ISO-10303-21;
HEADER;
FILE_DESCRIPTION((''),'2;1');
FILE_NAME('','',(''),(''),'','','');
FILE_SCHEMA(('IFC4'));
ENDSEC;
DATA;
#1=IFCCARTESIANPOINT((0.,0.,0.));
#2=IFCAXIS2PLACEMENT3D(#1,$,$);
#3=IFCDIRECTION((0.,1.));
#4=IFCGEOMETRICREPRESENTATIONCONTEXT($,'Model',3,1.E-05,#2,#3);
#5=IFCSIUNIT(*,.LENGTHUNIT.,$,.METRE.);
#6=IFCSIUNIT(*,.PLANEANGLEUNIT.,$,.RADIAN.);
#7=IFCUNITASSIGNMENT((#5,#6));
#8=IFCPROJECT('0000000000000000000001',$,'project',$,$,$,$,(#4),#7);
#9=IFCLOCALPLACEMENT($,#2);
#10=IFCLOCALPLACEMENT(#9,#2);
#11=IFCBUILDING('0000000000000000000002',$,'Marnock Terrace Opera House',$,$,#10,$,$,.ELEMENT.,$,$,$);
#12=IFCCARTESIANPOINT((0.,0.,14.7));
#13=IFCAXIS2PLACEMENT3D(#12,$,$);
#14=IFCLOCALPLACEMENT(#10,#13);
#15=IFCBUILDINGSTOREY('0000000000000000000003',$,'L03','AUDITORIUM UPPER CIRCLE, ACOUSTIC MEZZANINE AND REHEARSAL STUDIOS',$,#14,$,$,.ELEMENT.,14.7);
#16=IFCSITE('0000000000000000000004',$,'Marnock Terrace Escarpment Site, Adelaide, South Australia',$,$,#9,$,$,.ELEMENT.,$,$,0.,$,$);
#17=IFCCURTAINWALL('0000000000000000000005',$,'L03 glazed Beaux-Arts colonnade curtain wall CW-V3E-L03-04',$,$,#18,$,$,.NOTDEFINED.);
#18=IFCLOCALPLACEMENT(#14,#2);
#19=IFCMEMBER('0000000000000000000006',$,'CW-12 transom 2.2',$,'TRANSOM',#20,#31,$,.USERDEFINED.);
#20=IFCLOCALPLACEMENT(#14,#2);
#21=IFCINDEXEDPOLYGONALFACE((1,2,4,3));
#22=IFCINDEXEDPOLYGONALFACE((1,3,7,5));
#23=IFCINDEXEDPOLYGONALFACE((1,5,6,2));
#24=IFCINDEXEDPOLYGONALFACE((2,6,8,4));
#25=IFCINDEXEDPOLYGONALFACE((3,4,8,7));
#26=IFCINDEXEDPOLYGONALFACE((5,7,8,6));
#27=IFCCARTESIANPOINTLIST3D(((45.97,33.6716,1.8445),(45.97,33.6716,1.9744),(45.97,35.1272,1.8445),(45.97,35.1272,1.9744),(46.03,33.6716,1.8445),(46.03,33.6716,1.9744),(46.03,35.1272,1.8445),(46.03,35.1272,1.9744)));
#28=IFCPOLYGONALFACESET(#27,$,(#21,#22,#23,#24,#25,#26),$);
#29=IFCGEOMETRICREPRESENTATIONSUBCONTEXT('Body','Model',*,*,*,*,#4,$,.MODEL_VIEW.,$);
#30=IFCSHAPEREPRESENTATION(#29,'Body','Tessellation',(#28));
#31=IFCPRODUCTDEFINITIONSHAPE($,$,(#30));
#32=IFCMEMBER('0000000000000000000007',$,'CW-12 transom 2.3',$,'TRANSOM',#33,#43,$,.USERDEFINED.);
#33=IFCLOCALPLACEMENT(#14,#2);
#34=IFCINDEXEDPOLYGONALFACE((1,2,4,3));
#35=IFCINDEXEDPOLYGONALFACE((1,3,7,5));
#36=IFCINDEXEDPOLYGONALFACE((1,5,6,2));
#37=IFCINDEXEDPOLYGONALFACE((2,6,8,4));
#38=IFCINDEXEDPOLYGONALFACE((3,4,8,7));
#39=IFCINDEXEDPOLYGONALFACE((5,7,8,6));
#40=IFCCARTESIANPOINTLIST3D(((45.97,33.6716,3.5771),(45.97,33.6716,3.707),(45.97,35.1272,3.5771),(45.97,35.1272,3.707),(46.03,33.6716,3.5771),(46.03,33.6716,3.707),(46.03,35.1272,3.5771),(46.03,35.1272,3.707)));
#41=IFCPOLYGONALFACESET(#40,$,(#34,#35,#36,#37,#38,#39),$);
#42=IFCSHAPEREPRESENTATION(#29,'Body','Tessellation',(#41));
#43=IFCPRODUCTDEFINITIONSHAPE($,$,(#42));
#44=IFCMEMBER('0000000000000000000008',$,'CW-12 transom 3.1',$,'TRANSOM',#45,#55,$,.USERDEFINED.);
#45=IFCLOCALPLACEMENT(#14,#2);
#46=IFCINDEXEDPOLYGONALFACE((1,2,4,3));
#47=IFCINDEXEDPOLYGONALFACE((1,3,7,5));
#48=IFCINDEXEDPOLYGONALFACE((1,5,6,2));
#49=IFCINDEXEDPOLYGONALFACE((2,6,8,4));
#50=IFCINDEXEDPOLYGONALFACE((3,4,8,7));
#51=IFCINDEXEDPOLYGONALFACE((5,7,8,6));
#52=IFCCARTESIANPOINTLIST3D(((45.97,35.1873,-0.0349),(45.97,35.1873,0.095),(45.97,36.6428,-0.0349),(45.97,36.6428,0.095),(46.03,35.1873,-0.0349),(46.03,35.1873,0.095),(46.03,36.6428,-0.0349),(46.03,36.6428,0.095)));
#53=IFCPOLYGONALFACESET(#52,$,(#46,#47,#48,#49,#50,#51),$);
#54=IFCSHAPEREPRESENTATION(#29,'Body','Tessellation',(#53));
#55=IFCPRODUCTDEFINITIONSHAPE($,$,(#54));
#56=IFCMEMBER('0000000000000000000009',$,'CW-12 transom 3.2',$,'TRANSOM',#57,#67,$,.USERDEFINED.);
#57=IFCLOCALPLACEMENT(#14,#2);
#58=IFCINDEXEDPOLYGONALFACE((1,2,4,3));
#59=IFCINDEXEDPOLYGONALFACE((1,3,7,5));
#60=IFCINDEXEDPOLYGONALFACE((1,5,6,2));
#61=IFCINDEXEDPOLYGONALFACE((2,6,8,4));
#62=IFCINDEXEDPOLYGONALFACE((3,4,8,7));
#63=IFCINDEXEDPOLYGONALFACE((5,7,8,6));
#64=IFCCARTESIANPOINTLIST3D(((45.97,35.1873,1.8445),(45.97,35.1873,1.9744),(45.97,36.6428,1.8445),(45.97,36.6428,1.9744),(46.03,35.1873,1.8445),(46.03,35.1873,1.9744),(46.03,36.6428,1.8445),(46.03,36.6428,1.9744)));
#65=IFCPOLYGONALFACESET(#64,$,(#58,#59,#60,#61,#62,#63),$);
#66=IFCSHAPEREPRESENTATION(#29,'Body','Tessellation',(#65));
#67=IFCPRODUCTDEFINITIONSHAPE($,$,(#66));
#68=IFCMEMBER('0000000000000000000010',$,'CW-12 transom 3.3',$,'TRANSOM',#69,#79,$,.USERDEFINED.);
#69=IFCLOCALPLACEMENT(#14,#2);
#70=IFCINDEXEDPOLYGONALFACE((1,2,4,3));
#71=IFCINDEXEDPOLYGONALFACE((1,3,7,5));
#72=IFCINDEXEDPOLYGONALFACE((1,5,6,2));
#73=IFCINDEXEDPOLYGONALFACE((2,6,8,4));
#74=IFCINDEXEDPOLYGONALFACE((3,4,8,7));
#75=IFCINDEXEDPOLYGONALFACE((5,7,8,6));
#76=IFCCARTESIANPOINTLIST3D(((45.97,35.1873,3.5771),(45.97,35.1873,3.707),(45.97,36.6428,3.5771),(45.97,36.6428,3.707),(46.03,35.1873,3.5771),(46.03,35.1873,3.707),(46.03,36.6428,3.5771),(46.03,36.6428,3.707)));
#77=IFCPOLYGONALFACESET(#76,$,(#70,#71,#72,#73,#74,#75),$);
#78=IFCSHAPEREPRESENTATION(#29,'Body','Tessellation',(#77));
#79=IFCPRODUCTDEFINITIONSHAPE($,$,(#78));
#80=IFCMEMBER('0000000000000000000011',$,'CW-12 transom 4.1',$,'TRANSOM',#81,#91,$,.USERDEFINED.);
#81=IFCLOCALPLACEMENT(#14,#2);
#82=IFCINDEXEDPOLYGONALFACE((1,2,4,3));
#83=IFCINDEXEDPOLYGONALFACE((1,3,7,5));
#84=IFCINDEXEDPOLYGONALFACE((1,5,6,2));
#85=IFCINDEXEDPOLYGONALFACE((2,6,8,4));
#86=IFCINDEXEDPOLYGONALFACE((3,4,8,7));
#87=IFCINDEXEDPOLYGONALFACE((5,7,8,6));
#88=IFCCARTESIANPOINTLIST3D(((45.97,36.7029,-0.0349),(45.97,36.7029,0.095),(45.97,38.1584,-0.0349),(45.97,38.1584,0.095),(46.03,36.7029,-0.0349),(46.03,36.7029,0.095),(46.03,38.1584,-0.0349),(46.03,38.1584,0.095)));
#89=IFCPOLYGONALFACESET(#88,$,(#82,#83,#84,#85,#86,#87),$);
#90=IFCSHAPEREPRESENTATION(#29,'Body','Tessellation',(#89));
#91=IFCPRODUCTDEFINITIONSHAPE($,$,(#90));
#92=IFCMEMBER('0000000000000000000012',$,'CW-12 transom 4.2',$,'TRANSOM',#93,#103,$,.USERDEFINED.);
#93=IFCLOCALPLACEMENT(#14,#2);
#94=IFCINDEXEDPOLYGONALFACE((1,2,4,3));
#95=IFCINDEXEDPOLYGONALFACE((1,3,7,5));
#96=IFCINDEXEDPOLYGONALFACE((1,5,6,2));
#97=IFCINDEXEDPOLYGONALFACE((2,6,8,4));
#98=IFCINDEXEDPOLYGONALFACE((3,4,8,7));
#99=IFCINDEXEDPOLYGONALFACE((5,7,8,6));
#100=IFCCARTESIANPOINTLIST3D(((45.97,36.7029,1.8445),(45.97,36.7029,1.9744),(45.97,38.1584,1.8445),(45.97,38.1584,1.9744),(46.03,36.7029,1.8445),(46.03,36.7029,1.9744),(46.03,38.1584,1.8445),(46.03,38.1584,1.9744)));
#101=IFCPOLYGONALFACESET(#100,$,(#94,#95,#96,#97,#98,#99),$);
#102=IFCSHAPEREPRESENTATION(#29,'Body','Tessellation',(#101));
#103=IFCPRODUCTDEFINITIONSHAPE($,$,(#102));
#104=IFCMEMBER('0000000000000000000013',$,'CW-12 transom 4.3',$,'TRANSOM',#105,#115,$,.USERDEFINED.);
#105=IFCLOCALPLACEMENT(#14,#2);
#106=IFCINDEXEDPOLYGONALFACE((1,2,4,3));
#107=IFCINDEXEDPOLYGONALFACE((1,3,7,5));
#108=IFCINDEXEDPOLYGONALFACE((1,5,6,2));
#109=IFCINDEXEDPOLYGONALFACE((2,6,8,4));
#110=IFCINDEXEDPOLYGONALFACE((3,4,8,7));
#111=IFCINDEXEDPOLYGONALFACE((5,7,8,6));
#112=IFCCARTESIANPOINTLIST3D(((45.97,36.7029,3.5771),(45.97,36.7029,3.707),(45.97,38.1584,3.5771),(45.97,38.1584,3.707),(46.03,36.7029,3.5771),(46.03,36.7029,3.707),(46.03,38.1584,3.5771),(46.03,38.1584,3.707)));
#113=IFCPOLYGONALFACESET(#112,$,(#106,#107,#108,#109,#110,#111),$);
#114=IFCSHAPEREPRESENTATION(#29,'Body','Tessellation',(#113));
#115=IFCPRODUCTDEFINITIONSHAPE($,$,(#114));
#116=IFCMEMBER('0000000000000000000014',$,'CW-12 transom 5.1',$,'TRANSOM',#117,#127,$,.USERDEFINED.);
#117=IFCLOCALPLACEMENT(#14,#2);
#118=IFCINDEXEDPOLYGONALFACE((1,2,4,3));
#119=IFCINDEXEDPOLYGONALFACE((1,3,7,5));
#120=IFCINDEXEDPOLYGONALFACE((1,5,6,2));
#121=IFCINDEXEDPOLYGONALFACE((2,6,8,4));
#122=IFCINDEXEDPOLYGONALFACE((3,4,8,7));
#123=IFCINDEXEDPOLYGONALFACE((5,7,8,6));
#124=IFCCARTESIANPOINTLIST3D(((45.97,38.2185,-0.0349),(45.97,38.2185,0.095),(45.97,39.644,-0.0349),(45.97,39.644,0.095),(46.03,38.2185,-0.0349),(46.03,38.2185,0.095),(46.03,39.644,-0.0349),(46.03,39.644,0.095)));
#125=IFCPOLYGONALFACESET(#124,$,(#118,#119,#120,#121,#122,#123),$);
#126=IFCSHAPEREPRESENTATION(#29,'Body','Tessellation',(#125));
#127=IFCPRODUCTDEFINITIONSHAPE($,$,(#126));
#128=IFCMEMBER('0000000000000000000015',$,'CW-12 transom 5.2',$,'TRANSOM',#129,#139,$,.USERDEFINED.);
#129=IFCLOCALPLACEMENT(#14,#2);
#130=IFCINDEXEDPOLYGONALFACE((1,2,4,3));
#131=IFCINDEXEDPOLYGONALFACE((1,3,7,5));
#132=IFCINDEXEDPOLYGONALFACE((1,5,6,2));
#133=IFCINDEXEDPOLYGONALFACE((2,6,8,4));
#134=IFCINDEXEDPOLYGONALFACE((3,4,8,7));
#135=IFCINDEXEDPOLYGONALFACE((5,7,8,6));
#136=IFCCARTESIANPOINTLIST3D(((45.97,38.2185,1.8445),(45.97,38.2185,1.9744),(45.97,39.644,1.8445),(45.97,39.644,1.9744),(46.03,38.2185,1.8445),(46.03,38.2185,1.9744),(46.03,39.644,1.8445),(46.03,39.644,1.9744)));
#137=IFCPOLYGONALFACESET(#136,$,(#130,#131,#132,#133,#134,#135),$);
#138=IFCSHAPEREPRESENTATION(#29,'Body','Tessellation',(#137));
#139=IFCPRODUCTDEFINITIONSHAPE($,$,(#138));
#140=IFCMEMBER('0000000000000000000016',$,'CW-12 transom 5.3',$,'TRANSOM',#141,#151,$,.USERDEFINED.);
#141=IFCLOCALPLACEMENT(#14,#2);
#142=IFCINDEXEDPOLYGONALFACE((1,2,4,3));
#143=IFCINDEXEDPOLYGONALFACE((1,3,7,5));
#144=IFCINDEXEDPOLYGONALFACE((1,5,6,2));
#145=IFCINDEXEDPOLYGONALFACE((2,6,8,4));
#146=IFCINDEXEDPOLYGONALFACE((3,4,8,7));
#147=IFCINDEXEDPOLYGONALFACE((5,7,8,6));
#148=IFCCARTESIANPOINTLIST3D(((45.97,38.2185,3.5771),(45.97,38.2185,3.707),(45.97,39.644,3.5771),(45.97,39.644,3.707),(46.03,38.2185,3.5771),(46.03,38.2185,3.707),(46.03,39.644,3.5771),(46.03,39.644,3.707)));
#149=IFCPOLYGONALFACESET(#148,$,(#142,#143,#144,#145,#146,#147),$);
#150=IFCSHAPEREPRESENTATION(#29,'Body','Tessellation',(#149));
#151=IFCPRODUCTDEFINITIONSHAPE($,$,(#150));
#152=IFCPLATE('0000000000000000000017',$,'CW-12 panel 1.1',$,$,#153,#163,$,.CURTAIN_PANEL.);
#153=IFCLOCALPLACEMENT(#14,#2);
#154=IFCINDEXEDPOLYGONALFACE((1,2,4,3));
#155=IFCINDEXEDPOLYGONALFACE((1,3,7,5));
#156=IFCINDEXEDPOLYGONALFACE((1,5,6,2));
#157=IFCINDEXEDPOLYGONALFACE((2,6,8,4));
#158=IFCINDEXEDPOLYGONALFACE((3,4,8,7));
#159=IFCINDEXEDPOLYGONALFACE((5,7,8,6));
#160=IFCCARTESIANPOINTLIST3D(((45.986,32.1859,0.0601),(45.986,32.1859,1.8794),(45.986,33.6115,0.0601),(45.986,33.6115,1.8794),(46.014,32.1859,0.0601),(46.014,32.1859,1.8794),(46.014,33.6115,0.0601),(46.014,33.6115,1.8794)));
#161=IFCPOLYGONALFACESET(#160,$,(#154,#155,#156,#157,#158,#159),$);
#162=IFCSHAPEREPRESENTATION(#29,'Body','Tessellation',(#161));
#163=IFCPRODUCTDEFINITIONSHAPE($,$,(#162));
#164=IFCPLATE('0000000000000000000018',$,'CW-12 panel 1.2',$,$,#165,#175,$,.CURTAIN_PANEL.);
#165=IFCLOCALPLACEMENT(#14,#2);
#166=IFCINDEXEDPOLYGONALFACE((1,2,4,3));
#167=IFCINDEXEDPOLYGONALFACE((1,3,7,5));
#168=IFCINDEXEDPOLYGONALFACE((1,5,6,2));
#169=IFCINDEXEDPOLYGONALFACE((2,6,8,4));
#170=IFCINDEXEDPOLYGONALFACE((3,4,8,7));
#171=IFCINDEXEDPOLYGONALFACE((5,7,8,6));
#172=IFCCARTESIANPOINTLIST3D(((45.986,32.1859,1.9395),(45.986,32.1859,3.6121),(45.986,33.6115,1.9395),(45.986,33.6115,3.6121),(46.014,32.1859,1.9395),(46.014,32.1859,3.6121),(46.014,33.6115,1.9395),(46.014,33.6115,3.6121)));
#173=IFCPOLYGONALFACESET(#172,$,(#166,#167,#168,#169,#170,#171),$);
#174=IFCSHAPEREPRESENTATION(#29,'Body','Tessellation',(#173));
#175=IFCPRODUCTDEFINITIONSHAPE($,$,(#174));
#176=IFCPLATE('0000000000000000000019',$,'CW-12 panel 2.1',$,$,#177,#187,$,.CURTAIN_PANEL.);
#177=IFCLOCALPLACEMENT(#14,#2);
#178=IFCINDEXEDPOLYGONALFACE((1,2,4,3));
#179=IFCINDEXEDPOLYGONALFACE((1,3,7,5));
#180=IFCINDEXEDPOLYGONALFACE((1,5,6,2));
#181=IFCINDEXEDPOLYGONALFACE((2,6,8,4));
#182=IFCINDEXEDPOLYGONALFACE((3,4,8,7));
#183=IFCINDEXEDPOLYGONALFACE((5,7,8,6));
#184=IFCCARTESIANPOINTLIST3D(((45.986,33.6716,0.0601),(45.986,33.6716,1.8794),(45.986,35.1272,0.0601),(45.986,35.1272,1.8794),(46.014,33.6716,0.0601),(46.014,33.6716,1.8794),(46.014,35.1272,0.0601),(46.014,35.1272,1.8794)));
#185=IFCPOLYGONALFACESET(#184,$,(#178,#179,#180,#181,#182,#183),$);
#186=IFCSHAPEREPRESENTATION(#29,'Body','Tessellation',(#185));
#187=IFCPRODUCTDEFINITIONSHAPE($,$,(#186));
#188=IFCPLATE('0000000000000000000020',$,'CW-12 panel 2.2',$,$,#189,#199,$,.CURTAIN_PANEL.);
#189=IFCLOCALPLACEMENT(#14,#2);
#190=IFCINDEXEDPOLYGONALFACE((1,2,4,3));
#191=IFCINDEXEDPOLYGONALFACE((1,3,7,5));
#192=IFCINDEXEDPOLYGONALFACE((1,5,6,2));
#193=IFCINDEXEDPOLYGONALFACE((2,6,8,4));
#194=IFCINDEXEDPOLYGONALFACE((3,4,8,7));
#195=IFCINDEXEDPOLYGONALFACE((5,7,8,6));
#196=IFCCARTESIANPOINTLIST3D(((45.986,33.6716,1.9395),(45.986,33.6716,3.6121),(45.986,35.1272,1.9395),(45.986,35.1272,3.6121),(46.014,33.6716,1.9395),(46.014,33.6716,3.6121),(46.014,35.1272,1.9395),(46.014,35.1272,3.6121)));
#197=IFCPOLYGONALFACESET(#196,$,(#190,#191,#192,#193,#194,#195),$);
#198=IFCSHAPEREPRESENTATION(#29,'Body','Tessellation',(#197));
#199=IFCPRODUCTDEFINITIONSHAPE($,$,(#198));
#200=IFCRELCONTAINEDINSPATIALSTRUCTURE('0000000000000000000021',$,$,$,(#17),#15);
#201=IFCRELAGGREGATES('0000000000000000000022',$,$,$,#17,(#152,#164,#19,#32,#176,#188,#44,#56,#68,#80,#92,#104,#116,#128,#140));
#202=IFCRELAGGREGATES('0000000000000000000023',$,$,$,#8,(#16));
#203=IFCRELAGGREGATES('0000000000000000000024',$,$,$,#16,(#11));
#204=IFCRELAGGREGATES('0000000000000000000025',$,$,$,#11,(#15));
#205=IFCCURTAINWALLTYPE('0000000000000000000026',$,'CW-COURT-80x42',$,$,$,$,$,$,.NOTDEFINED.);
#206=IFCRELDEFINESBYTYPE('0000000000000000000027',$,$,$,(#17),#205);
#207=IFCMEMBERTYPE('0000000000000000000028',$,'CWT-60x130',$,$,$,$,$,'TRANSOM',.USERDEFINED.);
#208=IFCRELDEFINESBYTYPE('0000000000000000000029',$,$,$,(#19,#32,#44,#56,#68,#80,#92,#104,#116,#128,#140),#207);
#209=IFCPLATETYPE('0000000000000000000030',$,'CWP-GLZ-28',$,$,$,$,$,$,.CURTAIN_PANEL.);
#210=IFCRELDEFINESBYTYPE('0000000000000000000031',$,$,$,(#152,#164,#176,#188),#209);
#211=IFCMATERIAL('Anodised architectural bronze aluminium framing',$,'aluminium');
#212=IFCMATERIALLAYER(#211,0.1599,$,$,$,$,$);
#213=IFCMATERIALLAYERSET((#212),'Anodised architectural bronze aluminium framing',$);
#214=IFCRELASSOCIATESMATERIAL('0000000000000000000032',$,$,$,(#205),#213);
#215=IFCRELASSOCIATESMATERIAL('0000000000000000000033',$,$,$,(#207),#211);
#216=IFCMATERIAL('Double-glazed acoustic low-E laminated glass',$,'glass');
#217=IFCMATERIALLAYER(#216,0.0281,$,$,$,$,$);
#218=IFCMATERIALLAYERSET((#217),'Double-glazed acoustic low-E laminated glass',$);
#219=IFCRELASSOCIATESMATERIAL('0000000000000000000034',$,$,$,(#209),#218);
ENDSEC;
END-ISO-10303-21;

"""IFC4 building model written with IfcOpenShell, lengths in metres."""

from ifc_helpers import new_model, si_unit, direction, frame, origin, origin_2d, place, context, subcontext, project, spatial, rectangle, extrude, material, layer, layer_set, material_profile, profile_set, type_object, element, aggregate, save


model = new_model("IFC4")

# Units and contexts
model_context = context("Model", 3, precision=1e-05, world=origin(), true_north=direction((0.0, 1.0)))
body_context = subcontext(model_context, "Body", "Model", "MODEL_VIEW")
ifc_project = project(units=[si_unit("LENGTHUNIT", "METRE"), si_unit("PLANEANGLEUNIT", "RADIAN")], contexts=[model_context])

# Site, building, storey
site_placement = place(None, origin())
site = spatial("IfcSite", under=ifc_project, at=site_placement, Name="Marnock Terrace Escarpment Site, Adelaide, South Australia", CompositionType="ELEMENT", RefElevation=0.0)
building_placement = place(site_placement, origin())
building = spatial("IfcBuilding", under=site, at=building_placement, Name="Marnock Terrace Opera House", CompositionType="ELEMENT")
storey_placement = place(building_placement, frame((0.0, 0.0, 14.7)))
storey = spatial("IfcBuildingStorey", under=building, at=storey_placement, Name="L03", Description="AUDITORIUM UPPER CIRCLE, ACOUSTIC MEZZANINE AND REHEARSAL STUDIOS", CompositionType="ELEMENT", Elevation=14.7)

# Shared definitions
ifc_material_1 = material(Name="Anodised architectural bronze aluminium framing", Category="aluminium")

# Curtain wall, members, plates
ifc_layer_1 = layer(ifc_material_1, 0.1599)
ifc_layer_set_1 = layer_set([ifc_layer_1], Name="Anodised architectural bronze aluminium framing")
curtain_wall_type_1 = type_object("IfcCurtainWallType", Name="CW-COURT-80x42", PredefinedType="NOTDEFINED", material=ifc_layer_set_1)
curtain_wall_1_placement = place(storey_placement, origin())
curtain_wall_1 = element("IfcCurtainWall", 1, at=curtain_wall_1_placement, inside=storey, type_object=curtain_wall_type_1, Name="L03 glazed Beaux-Arts colonnade curtain wall CW-V3E-L03-04", PredefinedType="NOTDEFINED")
ifc_material_profile_1 = material_profile(ifc_material_1, rectangle(XDim=0.0601, YDim=0.1299, at=origin_2d()))
ifc_profile_set_1 = profile_set([ifc_material_profile_1], Name="Anodised architectural bronze aluminium framing")
member_type_1 = type_object("IfcMemberType", Name="CWT-60x130", ElementType="TRANSOM", PredefinedType="USERDEFINED", material=ifc_profile_set_1)
member_1_placement = place(storey_placement, frame((46.0, 33.6716, 1.9094), z_axis=(0.0, 1.0, 0.0), x_axis=(-1.0, 0.0, 0.0)))
member_1 = element("IfcMember", 2, at=member_1_placement, type_object=member_type_1, Name="CW-12 transom 2.2", ObjectType="TRANSOM", PredefinedType="USERDEFINED", context=body_context, shape_type="SweptSolid", body=[
    extrude(rectangle(XDim=0.0601, YDim=0.1299, at=origin_2d()), origin(), (0.0, 0.0, 1.0), 1.4556),
])
member_2_placement = place(storey_placement, frame((46.0, 33.6716, 3.6421), z_axis=(0.0, 1.0, 0.0), x_axis=(-1.0, 0.0, 0.0)))
member_2 = element("IfcMember", 3, at=member_2_placement, type_object=member_type_1, Name="CW-12 transom 2.3", ObjectType="TRANSOM", PredefinedType="USERDEFINED", context=body_context, shape_type="SweptSolid", body=[
    extrude(rectangle(XDim=0.0601, YDim=0.1299, at=origin_2d()), origin(), (0.0, 0.0, 1.0), 1.4556),
])
member_3_placement = place(storey_placement, frame((46.0, 35.1873, 0.03), z_axis=(0.0, 1.0, 0.0), x_axis=(-1.0, 0.0, 0.0)))
member_3 = element("IfcMember", 4, at=member_3_placement, type_object=member_type_1, Name="CW-12 transom 3.1", ObjectType="TRANSOM", PredefinedType="USERDEFINED", context=body_context, shape_type="SweptSolid", body=[
    extrude(rectangle(XDim=0.0601, YDim=0.1299, at=origin_2d()), origin(), (0.0, 0.0, 1.0), 1.4556),
])
member_4_placement = place(storey_placement, frame((46.0, 35.1873, 1.9094), z_axis=(0.0, 1.0, 0.0), x_axis=(-1.0, 0.0, 0.0)))
member_4 = element("IfcMember", 5, at=member_4_placement, type_object=member_type_1, Name="CW-12 transom 3.2", ObjectType="TRANSOM", PredefinedType="USERDEFINED", context=body_context, shape_type="SweptSolid", body=[
    extrude(rectangle(XDim=0.0601, YDim=0.1299, at=origin_2d()), origin(), (0.0, 0.0, 1.0), 1.4556),
])
member_5_placement = place(storey_placement, frame((46.0, 35.1873, 3.6421), z_axis=(0.0, 1.0, 0.0), x_axis=(-1.0, 0.0, 0.0)))
member_5 = element("IfcMember", 6, at=member_5_placement, type_object=member_type_1, Name="CW-12 transom 3.3", ObjectType="TRANSOM", PredefinedType="USERDEFINED", context=body_context, shape_type="SweptSolid", body=[
    extrude(rectangle(XDim=0.0601, YDim=0.1299, at=origin_2d()), origin(), (0.0, 0.0, 1.0), 1.4556),
])
member_6_placement = place(storey_placement, frame((46.0, 36.7029, 0.03), z_axis=(0.0, 1.0, 0.0), x_axis=(-1.0, 0.0, 0.0)))
member_6 = element("IfcMember", 7, at=member_6_placement, type_object=member_type_1, Name="CW-12 transom 4.1", ObjectType="TRANSOM", PredefinedType="USERDEFINED", context=body_context, shape_type="SweptSolid", body=[
    extrude(rectangle(XDim=0.0601, YDim=0.1299, at=origin_2d()), origin(), (0.0, 0.0, 1.0), 1.4556),
])
member_7_placement = place(storey_placement, frame((46.0, 36.7029, 1.9094), z_axis=(0.0, 1.0, 0.0), x_axis=(-1.0, 0.0, 0.0)))
member_7 = element("IfcMember", 8, at=member_7_placement, type_object=member_type_1, Name="CW-12 transom 4.2", ObjectType="TRANSOM", PredefinedType="USERDEFINED", context=body_context, shape_type="SweptSolid", body=[
    extrude(rectangle(XDim=0.0601, YDim=0.1299, at=origin_2d()), origin(), (0.0, 0.0, 1.0), 1.4556),
])
member_8_placement = place(storey_placement, frame((46.0, 36.7029, 3.6421), z_axis=(0.0, 1.0, 0.0), x_axis=(-1.0, 0.0, 0.0)))
member_8 = element("IfcMember", 9, at=member_8_placement, type_object=member_type_1, Name="CW-12 transom 4.3", ObjectType="TRANSOM", PredefinedType="USERDEFINED", context=body_context, shape_type="SweptSolid", body=[
    extrude(rectangle(XDim=0.0601, YDim=0.1299, at=origin_2d()), origin(), (0.0, 0.0, 1.0), 1.4556),
])
member_9_placement = place(storey_placement, frame((46.0, 38.2185, 0.03), z_axis=(0.0, 1.0, 0.0), x_axis=(-1.0, 0.0, 0.0)))
member_9 = element("IfcMember", 10, at=member_9_placement, type_object=member_type_1, Name="CW-12 transom 5.1", ObjectType="TRANSOM", PredefinedType="USERDEFINED", context=body_context, shape_type="SweptSolid", body=[
    extrude(rectangle(XDim=0.0601, YDim=0.1299, at=origin_2d()), origin(), (0.0, 0.0, 1.0), 1.4255),
])
member_10_placement = place(storey_placement, frame((46.0, 38.2185, 1.9094), z_axis=(0.0, 1.0, 0.0), x_axis=(-1.0, 0.0, 0.0)))
member_10 = element("IfcMember", 11, at=member_10_placement, type_object=member_type_1, Name="CW-12 transom 5.2", ObjectType="TRANSOM", PredefinedType="USERDEFINED", context=body_context, shape_type="SweptSolid", body=[
    extrude(rectangle(XDim=0.0601, YDim=0.1299, at=origin_2d()), origin(), (0.0, 0.0, 1.0), 1.4255),
])
member_11_placement = place(storey_placement, frame((46.0, 38.2185, 3.6421), z_axis=(0.0, 1.0, 0.0), x_axis=(-1.0, 0.0, 0.0)))
member_11 = element("IfcMember", 12, at=member_11_placement, type_object=member_type_1, Name="CW-12 transom 5.3", ObjectType="TRANSOM", PredefinedType="USERDEFINED", context=body_context, shape_type="SweptSolid", body=[
    extrude(rectangle(XDim=0.0601, YDim=0.1299, at=origin_2d()), origin(), (0.0, 0.0, 1.0), 1.4255),
])
ifc_material_2 = material(Name="Double-glazed acoustic low-E laminated glass", Category="glass")
ifc_layer_2 = layer(ifc_material_2, 0.0281)
ifc_layer_set_2 = layer_set([ifc_layer_2], Name="Double-glazed acoustic low-E laminated glass")
plate_type = type_object("IfcPlateType", Name="CWP-GLZ-28", PredefinedType="CURTAIN_PANEL", material=ifc_layer_set_2)
plate_1_placement = place(storey_placement, frame((46.0, 32.8987, 0.0601), z_axis=(0.0, 0.0, 1.0), x_axis=(0.0, 1.0, 0.0)))
plate_1 = element("IfcPlate", 13, at=plate_1_placement, type_object=plate_type, Name="CW-12 panel 1.1", PredefinedType="CURTAIN_PANEL", context=body_context, shape_type="SweptSolid", body=[
    extrude(rectangle(XDim=1.4255, YDim=0.0281, at=origin_2d()), origin(), (0.0, 0.0, 1.0), 1.8193),
])
plate_2_placement = place(storey_placement, frame((46.0, 32.8987, 1.9395), z_axis=(0.0, 0.0, 1.0), x_axis=(0.0, 1.0, 0.0)))
plate_2 = element("IfcPlate", 14, at=plate_2_placement, type_object=plate_type, Name="CW-12 panel 1.2", PredefinedType="CURTAIN_PANEL", context=body_context, shape_type="SweptSolid", body=[
    extrude(rectangle(XDim=1.4255, YDim=0.0281, at=origin_2d()), origin(), (0.0, 0.0, 1.0), 1.6726),
])
plate_3_placement = place(storey_placement, frame((46.0, 34.3994, 0.0601), z_axis=(0.0, 0.0, 1.0), x_axis=(0.0, 1.0, 0.0)))
plate_3 = element("IfcPlate", 15, at=plate_3_placement, type_object=plate_type, Name="CW-12 panel 2.1", PredefinedType="CURTAIN_PANEL", context=body_context, shape_type="SweptSolid", body=[
    extrude(rectangle(XDim=1.4556, YDim=0.0281, at=origin_2d()), origin(), (0.0, 0.0, 1.0), 1.8193),
])
plate_4_placement = place(storey_placement, frame((46.0, 34.3994, 1.9395), z_axis=(0.0, 0.0, 1.0), x_axis=(0.0, 1.0, 0.0)))
plate_4 = element("IfcPlate", 16, at=plate_4_placement, type_object=plate_type, Name="CW-12 panel 2.2", PredefinedType="CURTAIN_PANEL", context=body_context, shape_type="SweptSolid", body=[
    extrude(rectangle(XDim=1.4556, YDim=0.0281, at=origin_2d()), origin(), (0.0, 0.0, 1.0), 1.6726),
])
aggregate(curtain_wall_1, [plate_1, plate_2, member_1, member_2, plate_3, plate_4, member_3, member_4, member_5, member_6, member_7, member_8, member_9, member_10, member_11])

save(model, "model.ifc")
